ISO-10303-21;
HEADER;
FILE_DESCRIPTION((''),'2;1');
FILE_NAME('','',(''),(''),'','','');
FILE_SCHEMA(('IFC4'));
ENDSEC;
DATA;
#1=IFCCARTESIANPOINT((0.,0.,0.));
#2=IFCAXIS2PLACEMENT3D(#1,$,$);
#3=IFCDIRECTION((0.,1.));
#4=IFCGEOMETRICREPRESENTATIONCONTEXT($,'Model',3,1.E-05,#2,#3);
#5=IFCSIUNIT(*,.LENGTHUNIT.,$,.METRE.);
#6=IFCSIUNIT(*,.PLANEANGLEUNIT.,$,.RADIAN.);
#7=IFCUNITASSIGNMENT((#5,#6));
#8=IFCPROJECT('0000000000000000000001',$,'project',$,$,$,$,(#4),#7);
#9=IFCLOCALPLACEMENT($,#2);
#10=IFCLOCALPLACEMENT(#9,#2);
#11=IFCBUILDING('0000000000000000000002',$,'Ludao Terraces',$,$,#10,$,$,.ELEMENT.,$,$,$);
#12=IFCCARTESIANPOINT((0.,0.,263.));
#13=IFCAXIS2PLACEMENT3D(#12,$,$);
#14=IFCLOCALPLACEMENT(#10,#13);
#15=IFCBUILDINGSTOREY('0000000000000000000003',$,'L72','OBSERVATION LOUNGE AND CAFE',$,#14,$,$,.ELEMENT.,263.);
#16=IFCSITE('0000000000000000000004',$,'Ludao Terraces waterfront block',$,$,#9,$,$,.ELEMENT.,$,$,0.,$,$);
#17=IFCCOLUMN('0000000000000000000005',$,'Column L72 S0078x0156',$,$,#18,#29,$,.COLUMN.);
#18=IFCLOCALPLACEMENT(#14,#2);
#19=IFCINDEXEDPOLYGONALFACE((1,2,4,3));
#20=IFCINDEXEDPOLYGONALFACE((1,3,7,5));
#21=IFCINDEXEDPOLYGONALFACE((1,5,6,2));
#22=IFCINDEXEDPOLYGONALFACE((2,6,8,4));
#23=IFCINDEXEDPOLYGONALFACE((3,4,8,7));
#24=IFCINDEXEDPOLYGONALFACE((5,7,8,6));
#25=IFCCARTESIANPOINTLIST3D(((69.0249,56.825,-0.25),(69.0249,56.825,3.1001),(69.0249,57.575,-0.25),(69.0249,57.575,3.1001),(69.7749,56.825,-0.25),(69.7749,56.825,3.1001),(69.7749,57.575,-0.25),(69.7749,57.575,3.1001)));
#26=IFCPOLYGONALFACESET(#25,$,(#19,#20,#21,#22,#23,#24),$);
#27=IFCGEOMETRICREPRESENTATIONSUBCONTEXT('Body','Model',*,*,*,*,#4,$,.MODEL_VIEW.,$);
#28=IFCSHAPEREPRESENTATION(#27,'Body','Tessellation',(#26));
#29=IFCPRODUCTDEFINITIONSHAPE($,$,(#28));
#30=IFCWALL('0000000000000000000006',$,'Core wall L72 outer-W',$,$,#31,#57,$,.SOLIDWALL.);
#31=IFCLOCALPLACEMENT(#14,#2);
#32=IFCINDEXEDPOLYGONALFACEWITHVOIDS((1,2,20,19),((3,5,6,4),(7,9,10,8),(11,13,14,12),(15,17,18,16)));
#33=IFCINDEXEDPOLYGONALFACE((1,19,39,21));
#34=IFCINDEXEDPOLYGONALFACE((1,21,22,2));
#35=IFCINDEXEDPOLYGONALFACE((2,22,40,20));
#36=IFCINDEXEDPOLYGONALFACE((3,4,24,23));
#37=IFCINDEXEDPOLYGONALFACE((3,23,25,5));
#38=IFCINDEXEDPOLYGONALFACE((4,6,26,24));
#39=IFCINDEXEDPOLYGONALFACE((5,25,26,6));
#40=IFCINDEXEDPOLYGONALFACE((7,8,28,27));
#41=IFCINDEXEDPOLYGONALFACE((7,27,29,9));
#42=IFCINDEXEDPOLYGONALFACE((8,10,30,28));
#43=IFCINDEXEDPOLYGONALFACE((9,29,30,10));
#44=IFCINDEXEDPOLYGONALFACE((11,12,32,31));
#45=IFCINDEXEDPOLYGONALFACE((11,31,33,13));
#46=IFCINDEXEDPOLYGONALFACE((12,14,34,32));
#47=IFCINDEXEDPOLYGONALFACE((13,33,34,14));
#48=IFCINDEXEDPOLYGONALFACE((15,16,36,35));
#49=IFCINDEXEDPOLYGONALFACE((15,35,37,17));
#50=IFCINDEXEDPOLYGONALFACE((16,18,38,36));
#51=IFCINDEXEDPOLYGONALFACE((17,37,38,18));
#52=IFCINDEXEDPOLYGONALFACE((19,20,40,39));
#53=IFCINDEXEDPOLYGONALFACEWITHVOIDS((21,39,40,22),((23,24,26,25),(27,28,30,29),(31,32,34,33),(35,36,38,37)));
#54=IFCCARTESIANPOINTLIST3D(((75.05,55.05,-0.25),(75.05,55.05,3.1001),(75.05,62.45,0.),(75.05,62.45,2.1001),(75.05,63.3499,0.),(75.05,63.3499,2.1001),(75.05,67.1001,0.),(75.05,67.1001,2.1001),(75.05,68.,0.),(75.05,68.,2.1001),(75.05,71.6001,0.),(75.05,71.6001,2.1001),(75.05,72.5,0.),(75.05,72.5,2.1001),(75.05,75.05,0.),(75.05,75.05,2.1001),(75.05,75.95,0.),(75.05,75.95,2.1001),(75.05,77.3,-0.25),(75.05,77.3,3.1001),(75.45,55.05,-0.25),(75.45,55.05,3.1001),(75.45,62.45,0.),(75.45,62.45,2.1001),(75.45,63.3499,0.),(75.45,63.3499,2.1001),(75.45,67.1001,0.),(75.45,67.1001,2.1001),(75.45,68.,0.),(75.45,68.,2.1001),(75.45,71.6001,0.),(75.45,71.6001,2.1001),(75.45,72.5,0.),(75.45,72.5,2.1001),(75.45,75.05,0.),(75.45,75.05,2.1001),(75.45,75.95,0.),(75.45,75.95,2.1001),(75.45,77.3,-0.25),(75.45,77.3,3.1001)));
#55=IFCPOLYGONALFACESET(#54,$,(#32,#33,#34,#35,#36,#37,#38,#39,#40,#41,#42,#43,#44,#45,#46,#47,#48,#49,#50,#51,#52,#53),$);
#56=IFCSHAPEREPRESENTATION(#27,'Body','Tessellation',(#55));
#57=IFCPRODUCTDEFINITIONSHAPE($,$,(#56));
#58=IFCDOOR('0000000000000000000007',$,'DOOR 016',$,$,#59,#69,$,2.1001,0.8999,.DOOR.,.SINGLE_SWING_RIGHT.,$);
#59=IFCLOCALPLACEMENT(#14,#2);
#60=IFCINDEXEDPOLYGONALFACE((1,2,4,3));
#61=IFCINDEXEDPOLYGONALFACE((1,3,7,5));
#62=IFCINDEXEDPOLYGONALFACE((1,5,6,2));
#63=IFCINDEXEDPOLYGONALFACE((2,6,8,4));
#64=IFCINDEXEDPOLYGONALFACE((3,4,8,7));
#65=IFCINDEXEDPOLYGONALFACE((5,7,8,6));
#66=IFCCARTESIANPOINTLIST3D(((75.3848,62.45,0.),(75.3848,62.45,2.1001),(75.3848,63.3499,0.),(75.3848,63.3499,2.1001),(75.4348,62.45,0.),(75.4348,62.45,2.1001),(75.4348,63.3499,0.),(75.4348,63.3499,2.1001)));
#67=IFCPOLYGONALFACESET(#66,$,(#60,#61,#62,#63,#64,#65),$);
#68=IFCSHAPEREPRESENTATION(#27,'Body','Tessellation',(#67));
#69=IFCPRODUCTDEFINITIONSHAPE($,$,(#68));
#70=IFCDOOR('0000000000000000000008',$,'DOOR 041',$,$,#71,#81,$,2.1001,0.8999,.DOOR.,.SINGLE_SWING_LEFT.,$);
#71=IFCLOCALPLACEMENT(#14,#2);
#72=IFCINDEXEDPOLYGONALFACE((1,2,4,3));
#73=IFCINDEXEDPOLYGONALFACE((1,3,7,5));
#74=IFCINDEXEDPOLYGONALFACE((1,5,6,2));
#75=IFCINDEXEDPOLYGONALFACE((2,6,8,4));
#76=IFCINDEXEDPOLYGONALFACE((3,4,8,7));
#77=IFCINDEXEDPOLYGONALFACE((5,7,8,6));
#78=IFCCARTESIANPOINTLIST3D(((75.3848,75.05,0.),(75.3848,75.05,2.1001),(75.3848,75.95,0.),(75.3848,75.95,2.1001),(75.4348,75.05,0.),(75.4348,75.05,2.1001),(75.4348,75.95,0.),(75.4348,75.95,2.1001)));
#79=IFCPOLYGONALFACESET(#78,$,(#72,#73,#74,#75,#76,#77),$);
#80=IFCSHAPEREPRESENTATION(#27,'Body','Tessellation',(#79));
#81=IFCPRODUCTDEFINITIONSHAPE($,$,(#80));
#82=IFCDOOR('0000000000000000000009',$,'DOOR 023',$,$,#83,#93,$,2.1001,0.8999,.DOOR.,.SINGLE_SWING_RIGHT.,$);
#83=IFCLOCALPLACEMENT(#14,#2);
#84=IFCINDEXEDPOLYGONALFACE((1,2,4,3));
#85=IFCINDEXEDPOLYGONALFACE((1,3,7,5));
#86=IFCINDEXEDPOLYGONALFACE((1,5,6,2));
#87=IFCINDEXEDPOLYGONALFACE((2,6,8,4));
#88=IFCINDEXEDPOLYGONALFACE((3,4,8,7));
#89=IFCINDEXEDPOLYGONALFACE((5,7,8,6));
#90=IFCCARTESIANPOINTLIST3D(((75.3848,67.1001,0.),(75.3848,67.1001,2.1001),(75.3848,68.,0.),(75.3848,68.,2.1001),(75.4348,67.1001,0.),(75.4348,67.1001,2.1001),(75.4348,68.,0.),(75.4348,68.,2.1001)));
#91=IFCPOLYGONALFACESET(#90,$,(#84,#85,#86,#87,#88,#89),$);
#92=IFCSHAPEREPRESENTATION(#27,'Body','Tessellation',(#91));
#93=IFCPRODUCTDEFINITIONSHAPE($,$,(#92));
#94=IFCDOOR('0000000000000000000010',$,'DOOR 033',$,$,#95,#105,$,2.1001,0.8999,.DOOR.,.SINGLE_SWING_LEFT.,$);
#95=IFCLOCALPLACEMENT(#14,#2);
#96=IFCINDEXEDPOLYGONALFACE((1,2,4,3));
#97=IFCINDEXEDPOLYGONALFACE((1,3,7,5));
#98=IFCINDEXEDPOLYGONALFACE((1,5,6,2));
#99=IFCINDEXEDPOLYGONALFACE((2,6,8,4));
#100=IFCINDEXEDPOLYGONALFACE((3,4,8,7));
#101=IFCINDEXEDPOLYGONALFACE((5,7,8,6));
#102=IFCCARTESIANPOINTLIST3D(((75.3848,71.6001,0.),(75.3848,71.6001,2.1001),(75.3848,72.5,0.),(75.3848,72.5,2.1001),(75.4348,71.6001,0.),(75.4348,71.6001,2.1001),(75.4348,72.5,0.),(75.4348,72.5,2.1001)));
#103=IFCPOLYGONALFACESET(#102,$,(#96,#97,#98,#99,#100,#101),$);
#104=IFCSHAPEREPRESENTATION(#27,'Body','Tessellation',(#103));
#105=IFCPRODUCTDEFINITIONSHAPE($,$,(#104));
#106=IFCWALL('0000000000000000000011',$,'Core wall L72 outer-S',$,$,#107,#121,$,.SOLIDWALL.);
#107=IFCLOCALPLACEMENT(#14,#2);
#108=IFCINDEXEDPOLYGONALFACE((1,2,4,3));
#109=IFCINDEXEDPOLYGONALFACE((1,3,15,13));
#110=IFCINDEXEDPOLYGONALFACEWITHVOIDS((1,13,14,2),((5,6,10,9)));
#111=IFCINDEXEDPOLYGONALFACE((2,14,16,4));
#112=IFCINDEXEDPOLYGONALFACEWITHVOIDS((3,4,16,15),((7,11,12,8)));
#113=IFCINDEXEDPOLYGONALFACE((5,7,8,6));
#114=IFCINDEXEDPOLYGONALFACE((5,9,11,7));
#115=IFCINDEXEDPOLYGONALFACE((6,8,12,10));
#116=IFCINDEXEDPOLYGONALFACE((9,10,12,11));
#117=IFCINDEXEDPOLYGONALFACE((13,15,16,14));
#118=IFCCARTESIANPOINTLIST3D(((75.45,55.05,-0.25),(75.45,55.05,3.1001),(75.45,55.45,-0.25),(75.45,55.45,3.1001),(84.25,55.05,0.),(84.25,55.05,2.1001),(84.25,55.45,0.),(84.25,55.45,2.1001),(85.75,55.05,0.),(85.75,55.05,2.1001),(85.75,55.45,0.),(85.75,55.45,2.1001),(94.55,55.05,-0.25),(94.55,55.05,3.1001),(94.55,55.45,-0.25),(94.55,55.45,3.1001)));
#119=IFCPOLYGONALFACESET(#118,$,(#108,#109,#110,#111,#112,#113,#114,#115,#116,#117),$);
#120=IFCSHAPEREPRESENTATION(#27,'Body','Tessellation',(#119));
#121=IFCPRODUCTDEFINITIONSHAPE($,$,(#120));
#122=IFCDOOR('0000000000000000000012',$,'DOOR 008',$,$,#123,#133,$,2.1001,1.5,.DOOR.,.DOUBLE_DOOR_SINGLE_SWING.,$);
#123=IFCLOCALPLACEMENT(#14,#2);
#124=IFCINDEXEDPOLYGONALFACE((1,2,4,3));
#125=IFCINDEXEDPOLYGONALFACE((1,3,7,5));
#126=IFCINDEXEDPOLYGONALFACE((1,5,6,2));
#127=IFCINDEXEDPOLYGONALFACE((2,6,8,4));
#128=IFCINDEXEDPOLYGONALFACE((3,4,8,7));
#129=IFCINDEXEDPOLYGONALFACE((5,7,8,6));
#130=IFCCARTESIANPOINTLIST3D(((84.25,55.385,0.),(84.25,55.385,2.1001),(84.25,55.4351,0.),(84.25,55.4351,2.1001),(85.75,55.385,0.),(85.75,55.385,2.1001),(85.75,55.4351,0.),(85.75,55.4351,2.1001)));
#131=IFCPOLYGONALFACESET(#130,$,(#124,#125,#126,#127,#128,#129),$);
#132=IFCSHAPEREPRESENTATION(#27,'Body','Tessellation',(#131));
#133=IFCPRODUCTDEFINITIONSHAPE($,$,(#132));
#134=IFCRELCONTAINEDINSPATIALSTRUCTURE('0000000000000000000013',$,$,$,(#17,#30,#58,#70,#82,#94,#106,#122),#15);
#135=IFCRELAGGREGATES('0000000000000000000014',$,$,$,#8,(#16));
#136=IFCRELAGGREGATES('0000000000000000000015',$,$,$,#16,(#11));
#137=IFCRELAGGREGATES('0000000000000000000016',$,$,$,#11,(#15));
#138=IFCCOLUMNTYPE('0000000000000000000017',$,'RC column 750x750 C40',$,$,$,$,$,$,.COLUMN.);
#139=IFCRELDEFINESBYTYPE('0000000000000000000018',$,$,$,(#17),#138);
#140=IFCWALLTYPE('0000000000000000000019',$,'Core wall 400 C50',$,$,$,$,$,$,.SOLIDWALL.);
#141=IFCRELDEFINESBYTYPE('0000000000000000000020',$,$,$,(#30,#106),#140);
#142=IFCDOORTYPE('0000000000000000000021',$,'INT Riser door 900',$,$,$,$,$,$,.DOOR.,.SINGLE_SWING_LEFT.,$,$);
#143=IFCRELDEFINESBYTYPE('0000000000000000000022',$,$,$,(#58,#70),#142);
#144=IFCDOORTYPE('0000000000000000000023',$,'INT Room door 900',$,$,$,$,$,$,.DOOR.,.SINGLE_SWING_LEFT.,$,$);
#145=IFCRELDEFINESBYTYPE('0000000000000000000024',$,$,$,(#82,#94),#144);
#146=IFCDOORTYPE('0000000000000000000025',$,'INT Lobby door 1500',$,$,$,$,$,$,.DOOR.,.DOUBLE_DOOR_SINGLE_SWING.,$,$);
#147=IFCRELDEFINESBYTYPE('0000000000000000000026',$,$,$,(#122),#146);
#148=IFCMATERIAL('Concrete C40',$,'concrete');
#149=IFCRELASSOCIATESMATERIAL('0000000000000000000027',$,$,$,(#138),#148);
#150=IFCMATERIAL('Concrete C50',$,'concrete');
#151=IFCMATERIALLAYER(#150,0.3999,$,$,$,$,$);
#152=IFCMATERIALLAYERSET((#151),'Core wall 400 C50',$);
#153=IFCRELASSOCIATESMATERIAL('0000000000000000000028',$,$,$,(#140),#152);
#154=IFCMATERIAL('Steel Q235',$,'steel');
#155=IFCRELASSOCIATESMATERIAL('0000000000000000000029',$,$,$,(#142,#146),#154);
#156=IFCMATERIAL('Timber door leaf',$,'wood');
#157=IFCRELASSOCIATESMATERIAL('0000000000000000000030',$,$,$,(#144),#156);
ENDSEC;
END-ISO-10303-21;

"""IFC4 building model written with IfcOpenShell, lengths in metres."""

from ifc_helpers import new_model, si_unit, direction, frame, frame_2d, origin, origin_2d, place, context, subcontext, project, spatial, rectangle, extrude, material, layer, layer_set, material_profile, profile_set, type_object, element, fill, save


model = new_model("IFC4")

# Units and contexts
model_context = context("Model", 3, precision=1e-05, world=origin(), true_north=direction((0.0, 1.0)))
body_context = subcontext(model_context, "Body", "Model", "MODEL_VIEW")
ifc_project = project(units=[si_unit("LENGTHUNIT", "METRE"), si_unit("PLANEANGLEUNIT", "RADIAN")], contexts=[model_context])

# Site, building, storey
site_placement = place(None, origin())
site = spatial("IfcSite", under=ifc_project, at=site_placement, Name="Ludao Terraces waterfront block", CompositionType="ELEMENT", RefElevation=0.0)
building_placement = place(site_placement, origin())
building = spatial("IfcBuilding", under=site, at=building_placement, Name="Ludao Terraces", CompositionType="ELEMENT")
storey_placement = place(building_placement, frame((0.0, 0.0, 263.0)))
storey = spatial("IfcBuildingStorey", under=building, at=storey_placement, Name="L72", Description="OBSERVATION LOUNGE AND CAFE", CompositionType="ELEMENT", Elevation=263.0)

# Column
ifc_material_1 = material(Name="Concrete C40", Category="concrete")
ifc_material_profile = material_profile(ifc_material_1, rectangle(XDim=0.75, YDim=0.75, at=origin_2d()), Name="750 X 750")
ifc_profile_set = profile_set([ifc_material_profile], Name="Concrete C40")
column_type = type_object("IfcColumnType", Name="RC column 750x750 C40", PredefinedType="COLUMN", material=ifc_profile_set)
column_placement = place(storey_placement, frame((69.3999, 57.2, -0.25), z_axis=(0.0, 0.0, 1.0), x_axis=(1.0, 0.0, 0.0)))
element("IfcColumn", 1, at=column_placement, inside=storey, type_object=column_type, Name="Column L72 S0078x0156", PredefinedType="COLUMN", context=body_context, shape_type="SweptSolid", body=[
    extrude(rectangle(XDim=0.75, YDim=0.75, at=origin_2d()), origin(), (0.0, 0.0, 1.0), 3.3501),
])

# Wall, openings, doors
ifc_material_2 = material(Name="Concrete C50", Category="concrete")
ifc_layer_1 = layer(ifc_material_2, 0.3999)
ifc_layer_set_1 = layer_set([ifc_layer_1], Name="Core wall 400 C50")
wall_type_1 = type_object("IfcWallType", Name="Core wall 400 C50", PredefinedType="SOLIDWALL", material=ifc_layer_set_1)
wall_1_placement = place(storey_placement, frame((75.25, 55.05, -0.25), z_axis=(0.0, 0.0, 1.0), x_axis=(0.0, 1.0, 0.0)))
wall_1 = element("IfcWall", 2, at=wall_1_placement, inside=storey, type_object=wall_type_1, Name="Core wall L72 outer-W", PredefinedType="SOLIDWALL", context=body_context, shape_type="SweptSolid", body=[
    extrude(rectangle(XDim=22.25, YDim=0.3999, at=frame_2d((11.125, 0.0))), origin(), (0.0, 0.0, 1.0), 3.3501),
])
opening_1_placement = place(wall_1_placement, frame((7.3999, 0.0, 0.25)))
opening_1 = element("IfcOpeningElement", 3, at=opening_1_placement, cuts=wall_1, PredefinedType="OPENING", context=body_context, shape_type="SweptSolid", body=[
    extrude(rectangle(XDim=0.8999, YDim=2.1001, at=frame_2d((0.45, 1.05))), frame((0.0, 0.21, 0.0), z_axis=(0.0, -1.0, 0.0), x_axis=(1.0, 0.0, 0.0)), (0.0, 0.0, 1.0), 0.4199),
])
opening_2_placement = place(wall_1_placement, frame((12.05, 0.0, 0.25)))
opening_2 = element("IfcOpeningElement", 4, at=opening_2_placement, cuts=wall_1, PredefinedType="OPENING", context=body_context, shape_type="SweptSolid", body=[
    extrude(rectangle(XDim=0.8999, YDim=2.1001, at=frame_2d((0.45, 1.05))), frame((0.0, 0.21, 0.0), z_axis=(0.0, -1.0, 0.0), x_axis=(1.0, 0.0, 0.0)), (0.0, 0.0, 1.0), 0.4199),
])
opening_3_placement = place(wall_1_placement, frame((16.55, 0.0, 0.25)))
opening_3 = element("IfcOpeningElement", 5, at=opening_3_placement, cuts=wall_1, PredefinedType="OPENING", context=body_context, shape_type="SweptSolid", body=[
    extrude(rectangle(XDim=0.8999, YDim=2.1001, at=frame_2d((0.45, 1.05))), frame((0.0, 0.21, 0.0), z_axis=(0.0, -1.0, 0.0), x_axis=(1.0, 0.0, 0.0)), (0.0, 0.0, 1.0), 0.4199),
])
opening_4_placement = place(wall_1_placement, frame((20.0, 0.0, 0.25)))
opening_4 = element("IfcOpeningElement", 6, at=opening_4_placement, cuts=wall_1, PredefinedType="OPENING", context=body_context, shape_type="SweptSolid", body=[
    extrude(rectangle(XDim=0.8999, YDim=2.1001, at=frame_2d((0.45, 1.05))), frame((0.0, 0.21, 0.0), z_axis=(0.0, -1.0, 0.0), x_axis=(1.0, 0.0, 0.0)), (0.0, 0.0, 1.0), 0.4199),
])
ifc_material_3 = material(Name="Steel Q235", Category="steel")
door_type_1 = type_object("IfcDoorType", Name="INT Riser door 900", OperationType="SINGLE_SWING_LEFT", PredefinedType="DOOR", material=ifc_material_3)
door_1_placement = place(opening_1_placement, origin())
door_1 = element("IfcDoor", 7, at=door_1_placement, inside=storey, type_object=door_type_1, Name="DOOR 016", OperationType="SINGLE_SWING_RIGHT", OverallHeight=2.1001, OverallWidth=0.8999, PredefinedType="DOOR", context=body_context, shape_type="SweptSolid", body=[
    extrude(rectangle(XDim=0.8999, YDim=2.1001, at=frame_2d((0.45, 1.05))), frame((0.0, -0.1348, 0.0), z_axis=(0.0, -1.0, 0.0), x_axis=(1.0, 0.0, 0.0)), (0.0, 0.0, 1.0), 0.05),
])
fill(opening_1, door_1)
door_2_placement = place(opening_4_placement, origin())
door_2 = element("IfcDoor", 8, at=door_2_placement, inside=storey, type_object=door_type_1, Name="DOOR 041", OperationType="SINGLE_SWING_LEFT", OverallHeight=2.1001, OverallWidth=0.8999, PredefinedType="DOOR", context=body_context, shape_type="SweptSolid", body=[
    extrude(rectangle(XDim=0.8999, YDim=2.1001, at=frame_2d((0.45, 1.05))), frame((0.0, -0.1348, 0.0), z_axis=(0.0, -1.0, 0.0), x_axis=(1.0, 0.0, 0.0)), (0.0, 0.0, 1.0), 0.05),
])
fill(opening_4, door_2)
ifc_material_4 = material(Name="Timber door leaf", Category="wood")
door_type_2 = type_object("IfcDoorType", Name="INT Room door 900", OperationType="SINGLE_SWING_LEFT", PredefinedType="DOOR", material=ifc_material_4)
door_3_placement = place(opening_2_placement, origin())
door_3 = element("IfcDoor", 9, at=door_3_placement, inside=storey, type_object=door_type_2, Name="DOOR 023", OperationType="SINGLE_SWING_RIGHT", OverallHeight=2.1001, OverallWidth=0.8999, PredefinedType="DOOR", context=body_context, shape_type="SweptSolid", body=[
    extrude(rectangle(XDim=0.8999, YDim=2.1001, at=frame_2d((0.45, 1.05))), frame((0.0, -0.1348, 0.0), z_axis=(0.0, -1.0, 0.0), x_axis=(1.0, 0.0, 0.0)), (0.0, 0.0, 1.0), 0.05),
])
fill(opening_2, door_3)
door_4_placement = place(opening_3_placement, origin())
door_4 = element("IfcDoor", 10, at=door_4_placement, inside=storey, type_object=door_type_2, Name="DOOR 033", OperationType="SINGLE_SWING_LEFT", OverallHeight=2.1001, OverallWidth=0.8999, PredefinedType="DOOR", context=body_context, shape_type="SweptSolid", body=[
    extrude(rectangle(XDim=0.8999, YDim=2.1001, at=frame_2d((0.45, 1.05))), frame((0.0, -0.1348, 0.0), z_axis=(0.0, -1.0, 0.0), x_axis=(1.0, 0.0, 0.0)), (0.0, 0.0, 1.0), 0.05),
])
fill(opening_3, door_4)

# Wall, opening, door
wall_2_placement = place(storey_placement, frame((75.45, 55.25, -0.25), z_axis=(0.0, 0.0, 1.0), x_axis=(1.0, 0.0, 0.0)))
wall_2 = element("IfcWall", 11, at=wall_2_placement, inside=storey, type_object=wall_type_1, Name="Core wall L72 outer-S", PredefinedType="SOLIDWALL", context=body_context, shape_type="SweptSolid", body=[
    extrude(rectangle(XDim=19.1001, YDim=0.3999, at=frame_2d((9.55, 0.0))), origin(), (0.0, 0.0, 1.0), 3.3501),
])
opening_5_placement = place(wall_2_placement, frame((8.8, 0.0, 0.25)))
opening_5 = element("IfcOpeningElement", 12, at=opening_5_placement, cuts=wall_2, PredefinedType="OPENING", context=body_context, shape_type="SweptSolid", body=[
    extrude(rectangle(XDim=1.5, YDim=2.1001, at=frame_2d((0.75, 1.05))), frame((0.0, 0.21, 0.0), z_axis=(0.0, -1.0, 0.0), x_axis=(1.0, 0.0, 0.0)), (0.0, 0.0, 1.0), 0.4199),
])
door_type_3 = type_object("IfcDoorType", Name="INT Lobby door 1500", OperationType="DOUBLE_DOOR_SINGLE_SWING", PredefinedType="DOOR", material=ifc_material_3)
door_5_placement = place(opening_5_placement, origin())
door_5 = element("IfcDoor", 13, at=door_5_placement, inside=storey, type_object=door_type_3, Name="DOOR 008", OperationType="DOUBLE_DOOR_SINGLE_SWING", OverallHeight=2.1001, OverallWidth=1.5, PredefinedType="DOOR", context=body_context, shape_type="SweptSolid", body=[
    extrude(rectangle(XDim=1.5, YDim=2.1001, at=frame_2d((0.75, 1.05))), frame((0.0, 0.1851, 0.0), z_axis=(0.0, -1.0, 0.0), x_axis=(1.0, 0.0, 0.0)), (0.0, 0.0, 1.0), 0.05),
])
fill(opening_5, door_5)

save(model, "model.ifc")
